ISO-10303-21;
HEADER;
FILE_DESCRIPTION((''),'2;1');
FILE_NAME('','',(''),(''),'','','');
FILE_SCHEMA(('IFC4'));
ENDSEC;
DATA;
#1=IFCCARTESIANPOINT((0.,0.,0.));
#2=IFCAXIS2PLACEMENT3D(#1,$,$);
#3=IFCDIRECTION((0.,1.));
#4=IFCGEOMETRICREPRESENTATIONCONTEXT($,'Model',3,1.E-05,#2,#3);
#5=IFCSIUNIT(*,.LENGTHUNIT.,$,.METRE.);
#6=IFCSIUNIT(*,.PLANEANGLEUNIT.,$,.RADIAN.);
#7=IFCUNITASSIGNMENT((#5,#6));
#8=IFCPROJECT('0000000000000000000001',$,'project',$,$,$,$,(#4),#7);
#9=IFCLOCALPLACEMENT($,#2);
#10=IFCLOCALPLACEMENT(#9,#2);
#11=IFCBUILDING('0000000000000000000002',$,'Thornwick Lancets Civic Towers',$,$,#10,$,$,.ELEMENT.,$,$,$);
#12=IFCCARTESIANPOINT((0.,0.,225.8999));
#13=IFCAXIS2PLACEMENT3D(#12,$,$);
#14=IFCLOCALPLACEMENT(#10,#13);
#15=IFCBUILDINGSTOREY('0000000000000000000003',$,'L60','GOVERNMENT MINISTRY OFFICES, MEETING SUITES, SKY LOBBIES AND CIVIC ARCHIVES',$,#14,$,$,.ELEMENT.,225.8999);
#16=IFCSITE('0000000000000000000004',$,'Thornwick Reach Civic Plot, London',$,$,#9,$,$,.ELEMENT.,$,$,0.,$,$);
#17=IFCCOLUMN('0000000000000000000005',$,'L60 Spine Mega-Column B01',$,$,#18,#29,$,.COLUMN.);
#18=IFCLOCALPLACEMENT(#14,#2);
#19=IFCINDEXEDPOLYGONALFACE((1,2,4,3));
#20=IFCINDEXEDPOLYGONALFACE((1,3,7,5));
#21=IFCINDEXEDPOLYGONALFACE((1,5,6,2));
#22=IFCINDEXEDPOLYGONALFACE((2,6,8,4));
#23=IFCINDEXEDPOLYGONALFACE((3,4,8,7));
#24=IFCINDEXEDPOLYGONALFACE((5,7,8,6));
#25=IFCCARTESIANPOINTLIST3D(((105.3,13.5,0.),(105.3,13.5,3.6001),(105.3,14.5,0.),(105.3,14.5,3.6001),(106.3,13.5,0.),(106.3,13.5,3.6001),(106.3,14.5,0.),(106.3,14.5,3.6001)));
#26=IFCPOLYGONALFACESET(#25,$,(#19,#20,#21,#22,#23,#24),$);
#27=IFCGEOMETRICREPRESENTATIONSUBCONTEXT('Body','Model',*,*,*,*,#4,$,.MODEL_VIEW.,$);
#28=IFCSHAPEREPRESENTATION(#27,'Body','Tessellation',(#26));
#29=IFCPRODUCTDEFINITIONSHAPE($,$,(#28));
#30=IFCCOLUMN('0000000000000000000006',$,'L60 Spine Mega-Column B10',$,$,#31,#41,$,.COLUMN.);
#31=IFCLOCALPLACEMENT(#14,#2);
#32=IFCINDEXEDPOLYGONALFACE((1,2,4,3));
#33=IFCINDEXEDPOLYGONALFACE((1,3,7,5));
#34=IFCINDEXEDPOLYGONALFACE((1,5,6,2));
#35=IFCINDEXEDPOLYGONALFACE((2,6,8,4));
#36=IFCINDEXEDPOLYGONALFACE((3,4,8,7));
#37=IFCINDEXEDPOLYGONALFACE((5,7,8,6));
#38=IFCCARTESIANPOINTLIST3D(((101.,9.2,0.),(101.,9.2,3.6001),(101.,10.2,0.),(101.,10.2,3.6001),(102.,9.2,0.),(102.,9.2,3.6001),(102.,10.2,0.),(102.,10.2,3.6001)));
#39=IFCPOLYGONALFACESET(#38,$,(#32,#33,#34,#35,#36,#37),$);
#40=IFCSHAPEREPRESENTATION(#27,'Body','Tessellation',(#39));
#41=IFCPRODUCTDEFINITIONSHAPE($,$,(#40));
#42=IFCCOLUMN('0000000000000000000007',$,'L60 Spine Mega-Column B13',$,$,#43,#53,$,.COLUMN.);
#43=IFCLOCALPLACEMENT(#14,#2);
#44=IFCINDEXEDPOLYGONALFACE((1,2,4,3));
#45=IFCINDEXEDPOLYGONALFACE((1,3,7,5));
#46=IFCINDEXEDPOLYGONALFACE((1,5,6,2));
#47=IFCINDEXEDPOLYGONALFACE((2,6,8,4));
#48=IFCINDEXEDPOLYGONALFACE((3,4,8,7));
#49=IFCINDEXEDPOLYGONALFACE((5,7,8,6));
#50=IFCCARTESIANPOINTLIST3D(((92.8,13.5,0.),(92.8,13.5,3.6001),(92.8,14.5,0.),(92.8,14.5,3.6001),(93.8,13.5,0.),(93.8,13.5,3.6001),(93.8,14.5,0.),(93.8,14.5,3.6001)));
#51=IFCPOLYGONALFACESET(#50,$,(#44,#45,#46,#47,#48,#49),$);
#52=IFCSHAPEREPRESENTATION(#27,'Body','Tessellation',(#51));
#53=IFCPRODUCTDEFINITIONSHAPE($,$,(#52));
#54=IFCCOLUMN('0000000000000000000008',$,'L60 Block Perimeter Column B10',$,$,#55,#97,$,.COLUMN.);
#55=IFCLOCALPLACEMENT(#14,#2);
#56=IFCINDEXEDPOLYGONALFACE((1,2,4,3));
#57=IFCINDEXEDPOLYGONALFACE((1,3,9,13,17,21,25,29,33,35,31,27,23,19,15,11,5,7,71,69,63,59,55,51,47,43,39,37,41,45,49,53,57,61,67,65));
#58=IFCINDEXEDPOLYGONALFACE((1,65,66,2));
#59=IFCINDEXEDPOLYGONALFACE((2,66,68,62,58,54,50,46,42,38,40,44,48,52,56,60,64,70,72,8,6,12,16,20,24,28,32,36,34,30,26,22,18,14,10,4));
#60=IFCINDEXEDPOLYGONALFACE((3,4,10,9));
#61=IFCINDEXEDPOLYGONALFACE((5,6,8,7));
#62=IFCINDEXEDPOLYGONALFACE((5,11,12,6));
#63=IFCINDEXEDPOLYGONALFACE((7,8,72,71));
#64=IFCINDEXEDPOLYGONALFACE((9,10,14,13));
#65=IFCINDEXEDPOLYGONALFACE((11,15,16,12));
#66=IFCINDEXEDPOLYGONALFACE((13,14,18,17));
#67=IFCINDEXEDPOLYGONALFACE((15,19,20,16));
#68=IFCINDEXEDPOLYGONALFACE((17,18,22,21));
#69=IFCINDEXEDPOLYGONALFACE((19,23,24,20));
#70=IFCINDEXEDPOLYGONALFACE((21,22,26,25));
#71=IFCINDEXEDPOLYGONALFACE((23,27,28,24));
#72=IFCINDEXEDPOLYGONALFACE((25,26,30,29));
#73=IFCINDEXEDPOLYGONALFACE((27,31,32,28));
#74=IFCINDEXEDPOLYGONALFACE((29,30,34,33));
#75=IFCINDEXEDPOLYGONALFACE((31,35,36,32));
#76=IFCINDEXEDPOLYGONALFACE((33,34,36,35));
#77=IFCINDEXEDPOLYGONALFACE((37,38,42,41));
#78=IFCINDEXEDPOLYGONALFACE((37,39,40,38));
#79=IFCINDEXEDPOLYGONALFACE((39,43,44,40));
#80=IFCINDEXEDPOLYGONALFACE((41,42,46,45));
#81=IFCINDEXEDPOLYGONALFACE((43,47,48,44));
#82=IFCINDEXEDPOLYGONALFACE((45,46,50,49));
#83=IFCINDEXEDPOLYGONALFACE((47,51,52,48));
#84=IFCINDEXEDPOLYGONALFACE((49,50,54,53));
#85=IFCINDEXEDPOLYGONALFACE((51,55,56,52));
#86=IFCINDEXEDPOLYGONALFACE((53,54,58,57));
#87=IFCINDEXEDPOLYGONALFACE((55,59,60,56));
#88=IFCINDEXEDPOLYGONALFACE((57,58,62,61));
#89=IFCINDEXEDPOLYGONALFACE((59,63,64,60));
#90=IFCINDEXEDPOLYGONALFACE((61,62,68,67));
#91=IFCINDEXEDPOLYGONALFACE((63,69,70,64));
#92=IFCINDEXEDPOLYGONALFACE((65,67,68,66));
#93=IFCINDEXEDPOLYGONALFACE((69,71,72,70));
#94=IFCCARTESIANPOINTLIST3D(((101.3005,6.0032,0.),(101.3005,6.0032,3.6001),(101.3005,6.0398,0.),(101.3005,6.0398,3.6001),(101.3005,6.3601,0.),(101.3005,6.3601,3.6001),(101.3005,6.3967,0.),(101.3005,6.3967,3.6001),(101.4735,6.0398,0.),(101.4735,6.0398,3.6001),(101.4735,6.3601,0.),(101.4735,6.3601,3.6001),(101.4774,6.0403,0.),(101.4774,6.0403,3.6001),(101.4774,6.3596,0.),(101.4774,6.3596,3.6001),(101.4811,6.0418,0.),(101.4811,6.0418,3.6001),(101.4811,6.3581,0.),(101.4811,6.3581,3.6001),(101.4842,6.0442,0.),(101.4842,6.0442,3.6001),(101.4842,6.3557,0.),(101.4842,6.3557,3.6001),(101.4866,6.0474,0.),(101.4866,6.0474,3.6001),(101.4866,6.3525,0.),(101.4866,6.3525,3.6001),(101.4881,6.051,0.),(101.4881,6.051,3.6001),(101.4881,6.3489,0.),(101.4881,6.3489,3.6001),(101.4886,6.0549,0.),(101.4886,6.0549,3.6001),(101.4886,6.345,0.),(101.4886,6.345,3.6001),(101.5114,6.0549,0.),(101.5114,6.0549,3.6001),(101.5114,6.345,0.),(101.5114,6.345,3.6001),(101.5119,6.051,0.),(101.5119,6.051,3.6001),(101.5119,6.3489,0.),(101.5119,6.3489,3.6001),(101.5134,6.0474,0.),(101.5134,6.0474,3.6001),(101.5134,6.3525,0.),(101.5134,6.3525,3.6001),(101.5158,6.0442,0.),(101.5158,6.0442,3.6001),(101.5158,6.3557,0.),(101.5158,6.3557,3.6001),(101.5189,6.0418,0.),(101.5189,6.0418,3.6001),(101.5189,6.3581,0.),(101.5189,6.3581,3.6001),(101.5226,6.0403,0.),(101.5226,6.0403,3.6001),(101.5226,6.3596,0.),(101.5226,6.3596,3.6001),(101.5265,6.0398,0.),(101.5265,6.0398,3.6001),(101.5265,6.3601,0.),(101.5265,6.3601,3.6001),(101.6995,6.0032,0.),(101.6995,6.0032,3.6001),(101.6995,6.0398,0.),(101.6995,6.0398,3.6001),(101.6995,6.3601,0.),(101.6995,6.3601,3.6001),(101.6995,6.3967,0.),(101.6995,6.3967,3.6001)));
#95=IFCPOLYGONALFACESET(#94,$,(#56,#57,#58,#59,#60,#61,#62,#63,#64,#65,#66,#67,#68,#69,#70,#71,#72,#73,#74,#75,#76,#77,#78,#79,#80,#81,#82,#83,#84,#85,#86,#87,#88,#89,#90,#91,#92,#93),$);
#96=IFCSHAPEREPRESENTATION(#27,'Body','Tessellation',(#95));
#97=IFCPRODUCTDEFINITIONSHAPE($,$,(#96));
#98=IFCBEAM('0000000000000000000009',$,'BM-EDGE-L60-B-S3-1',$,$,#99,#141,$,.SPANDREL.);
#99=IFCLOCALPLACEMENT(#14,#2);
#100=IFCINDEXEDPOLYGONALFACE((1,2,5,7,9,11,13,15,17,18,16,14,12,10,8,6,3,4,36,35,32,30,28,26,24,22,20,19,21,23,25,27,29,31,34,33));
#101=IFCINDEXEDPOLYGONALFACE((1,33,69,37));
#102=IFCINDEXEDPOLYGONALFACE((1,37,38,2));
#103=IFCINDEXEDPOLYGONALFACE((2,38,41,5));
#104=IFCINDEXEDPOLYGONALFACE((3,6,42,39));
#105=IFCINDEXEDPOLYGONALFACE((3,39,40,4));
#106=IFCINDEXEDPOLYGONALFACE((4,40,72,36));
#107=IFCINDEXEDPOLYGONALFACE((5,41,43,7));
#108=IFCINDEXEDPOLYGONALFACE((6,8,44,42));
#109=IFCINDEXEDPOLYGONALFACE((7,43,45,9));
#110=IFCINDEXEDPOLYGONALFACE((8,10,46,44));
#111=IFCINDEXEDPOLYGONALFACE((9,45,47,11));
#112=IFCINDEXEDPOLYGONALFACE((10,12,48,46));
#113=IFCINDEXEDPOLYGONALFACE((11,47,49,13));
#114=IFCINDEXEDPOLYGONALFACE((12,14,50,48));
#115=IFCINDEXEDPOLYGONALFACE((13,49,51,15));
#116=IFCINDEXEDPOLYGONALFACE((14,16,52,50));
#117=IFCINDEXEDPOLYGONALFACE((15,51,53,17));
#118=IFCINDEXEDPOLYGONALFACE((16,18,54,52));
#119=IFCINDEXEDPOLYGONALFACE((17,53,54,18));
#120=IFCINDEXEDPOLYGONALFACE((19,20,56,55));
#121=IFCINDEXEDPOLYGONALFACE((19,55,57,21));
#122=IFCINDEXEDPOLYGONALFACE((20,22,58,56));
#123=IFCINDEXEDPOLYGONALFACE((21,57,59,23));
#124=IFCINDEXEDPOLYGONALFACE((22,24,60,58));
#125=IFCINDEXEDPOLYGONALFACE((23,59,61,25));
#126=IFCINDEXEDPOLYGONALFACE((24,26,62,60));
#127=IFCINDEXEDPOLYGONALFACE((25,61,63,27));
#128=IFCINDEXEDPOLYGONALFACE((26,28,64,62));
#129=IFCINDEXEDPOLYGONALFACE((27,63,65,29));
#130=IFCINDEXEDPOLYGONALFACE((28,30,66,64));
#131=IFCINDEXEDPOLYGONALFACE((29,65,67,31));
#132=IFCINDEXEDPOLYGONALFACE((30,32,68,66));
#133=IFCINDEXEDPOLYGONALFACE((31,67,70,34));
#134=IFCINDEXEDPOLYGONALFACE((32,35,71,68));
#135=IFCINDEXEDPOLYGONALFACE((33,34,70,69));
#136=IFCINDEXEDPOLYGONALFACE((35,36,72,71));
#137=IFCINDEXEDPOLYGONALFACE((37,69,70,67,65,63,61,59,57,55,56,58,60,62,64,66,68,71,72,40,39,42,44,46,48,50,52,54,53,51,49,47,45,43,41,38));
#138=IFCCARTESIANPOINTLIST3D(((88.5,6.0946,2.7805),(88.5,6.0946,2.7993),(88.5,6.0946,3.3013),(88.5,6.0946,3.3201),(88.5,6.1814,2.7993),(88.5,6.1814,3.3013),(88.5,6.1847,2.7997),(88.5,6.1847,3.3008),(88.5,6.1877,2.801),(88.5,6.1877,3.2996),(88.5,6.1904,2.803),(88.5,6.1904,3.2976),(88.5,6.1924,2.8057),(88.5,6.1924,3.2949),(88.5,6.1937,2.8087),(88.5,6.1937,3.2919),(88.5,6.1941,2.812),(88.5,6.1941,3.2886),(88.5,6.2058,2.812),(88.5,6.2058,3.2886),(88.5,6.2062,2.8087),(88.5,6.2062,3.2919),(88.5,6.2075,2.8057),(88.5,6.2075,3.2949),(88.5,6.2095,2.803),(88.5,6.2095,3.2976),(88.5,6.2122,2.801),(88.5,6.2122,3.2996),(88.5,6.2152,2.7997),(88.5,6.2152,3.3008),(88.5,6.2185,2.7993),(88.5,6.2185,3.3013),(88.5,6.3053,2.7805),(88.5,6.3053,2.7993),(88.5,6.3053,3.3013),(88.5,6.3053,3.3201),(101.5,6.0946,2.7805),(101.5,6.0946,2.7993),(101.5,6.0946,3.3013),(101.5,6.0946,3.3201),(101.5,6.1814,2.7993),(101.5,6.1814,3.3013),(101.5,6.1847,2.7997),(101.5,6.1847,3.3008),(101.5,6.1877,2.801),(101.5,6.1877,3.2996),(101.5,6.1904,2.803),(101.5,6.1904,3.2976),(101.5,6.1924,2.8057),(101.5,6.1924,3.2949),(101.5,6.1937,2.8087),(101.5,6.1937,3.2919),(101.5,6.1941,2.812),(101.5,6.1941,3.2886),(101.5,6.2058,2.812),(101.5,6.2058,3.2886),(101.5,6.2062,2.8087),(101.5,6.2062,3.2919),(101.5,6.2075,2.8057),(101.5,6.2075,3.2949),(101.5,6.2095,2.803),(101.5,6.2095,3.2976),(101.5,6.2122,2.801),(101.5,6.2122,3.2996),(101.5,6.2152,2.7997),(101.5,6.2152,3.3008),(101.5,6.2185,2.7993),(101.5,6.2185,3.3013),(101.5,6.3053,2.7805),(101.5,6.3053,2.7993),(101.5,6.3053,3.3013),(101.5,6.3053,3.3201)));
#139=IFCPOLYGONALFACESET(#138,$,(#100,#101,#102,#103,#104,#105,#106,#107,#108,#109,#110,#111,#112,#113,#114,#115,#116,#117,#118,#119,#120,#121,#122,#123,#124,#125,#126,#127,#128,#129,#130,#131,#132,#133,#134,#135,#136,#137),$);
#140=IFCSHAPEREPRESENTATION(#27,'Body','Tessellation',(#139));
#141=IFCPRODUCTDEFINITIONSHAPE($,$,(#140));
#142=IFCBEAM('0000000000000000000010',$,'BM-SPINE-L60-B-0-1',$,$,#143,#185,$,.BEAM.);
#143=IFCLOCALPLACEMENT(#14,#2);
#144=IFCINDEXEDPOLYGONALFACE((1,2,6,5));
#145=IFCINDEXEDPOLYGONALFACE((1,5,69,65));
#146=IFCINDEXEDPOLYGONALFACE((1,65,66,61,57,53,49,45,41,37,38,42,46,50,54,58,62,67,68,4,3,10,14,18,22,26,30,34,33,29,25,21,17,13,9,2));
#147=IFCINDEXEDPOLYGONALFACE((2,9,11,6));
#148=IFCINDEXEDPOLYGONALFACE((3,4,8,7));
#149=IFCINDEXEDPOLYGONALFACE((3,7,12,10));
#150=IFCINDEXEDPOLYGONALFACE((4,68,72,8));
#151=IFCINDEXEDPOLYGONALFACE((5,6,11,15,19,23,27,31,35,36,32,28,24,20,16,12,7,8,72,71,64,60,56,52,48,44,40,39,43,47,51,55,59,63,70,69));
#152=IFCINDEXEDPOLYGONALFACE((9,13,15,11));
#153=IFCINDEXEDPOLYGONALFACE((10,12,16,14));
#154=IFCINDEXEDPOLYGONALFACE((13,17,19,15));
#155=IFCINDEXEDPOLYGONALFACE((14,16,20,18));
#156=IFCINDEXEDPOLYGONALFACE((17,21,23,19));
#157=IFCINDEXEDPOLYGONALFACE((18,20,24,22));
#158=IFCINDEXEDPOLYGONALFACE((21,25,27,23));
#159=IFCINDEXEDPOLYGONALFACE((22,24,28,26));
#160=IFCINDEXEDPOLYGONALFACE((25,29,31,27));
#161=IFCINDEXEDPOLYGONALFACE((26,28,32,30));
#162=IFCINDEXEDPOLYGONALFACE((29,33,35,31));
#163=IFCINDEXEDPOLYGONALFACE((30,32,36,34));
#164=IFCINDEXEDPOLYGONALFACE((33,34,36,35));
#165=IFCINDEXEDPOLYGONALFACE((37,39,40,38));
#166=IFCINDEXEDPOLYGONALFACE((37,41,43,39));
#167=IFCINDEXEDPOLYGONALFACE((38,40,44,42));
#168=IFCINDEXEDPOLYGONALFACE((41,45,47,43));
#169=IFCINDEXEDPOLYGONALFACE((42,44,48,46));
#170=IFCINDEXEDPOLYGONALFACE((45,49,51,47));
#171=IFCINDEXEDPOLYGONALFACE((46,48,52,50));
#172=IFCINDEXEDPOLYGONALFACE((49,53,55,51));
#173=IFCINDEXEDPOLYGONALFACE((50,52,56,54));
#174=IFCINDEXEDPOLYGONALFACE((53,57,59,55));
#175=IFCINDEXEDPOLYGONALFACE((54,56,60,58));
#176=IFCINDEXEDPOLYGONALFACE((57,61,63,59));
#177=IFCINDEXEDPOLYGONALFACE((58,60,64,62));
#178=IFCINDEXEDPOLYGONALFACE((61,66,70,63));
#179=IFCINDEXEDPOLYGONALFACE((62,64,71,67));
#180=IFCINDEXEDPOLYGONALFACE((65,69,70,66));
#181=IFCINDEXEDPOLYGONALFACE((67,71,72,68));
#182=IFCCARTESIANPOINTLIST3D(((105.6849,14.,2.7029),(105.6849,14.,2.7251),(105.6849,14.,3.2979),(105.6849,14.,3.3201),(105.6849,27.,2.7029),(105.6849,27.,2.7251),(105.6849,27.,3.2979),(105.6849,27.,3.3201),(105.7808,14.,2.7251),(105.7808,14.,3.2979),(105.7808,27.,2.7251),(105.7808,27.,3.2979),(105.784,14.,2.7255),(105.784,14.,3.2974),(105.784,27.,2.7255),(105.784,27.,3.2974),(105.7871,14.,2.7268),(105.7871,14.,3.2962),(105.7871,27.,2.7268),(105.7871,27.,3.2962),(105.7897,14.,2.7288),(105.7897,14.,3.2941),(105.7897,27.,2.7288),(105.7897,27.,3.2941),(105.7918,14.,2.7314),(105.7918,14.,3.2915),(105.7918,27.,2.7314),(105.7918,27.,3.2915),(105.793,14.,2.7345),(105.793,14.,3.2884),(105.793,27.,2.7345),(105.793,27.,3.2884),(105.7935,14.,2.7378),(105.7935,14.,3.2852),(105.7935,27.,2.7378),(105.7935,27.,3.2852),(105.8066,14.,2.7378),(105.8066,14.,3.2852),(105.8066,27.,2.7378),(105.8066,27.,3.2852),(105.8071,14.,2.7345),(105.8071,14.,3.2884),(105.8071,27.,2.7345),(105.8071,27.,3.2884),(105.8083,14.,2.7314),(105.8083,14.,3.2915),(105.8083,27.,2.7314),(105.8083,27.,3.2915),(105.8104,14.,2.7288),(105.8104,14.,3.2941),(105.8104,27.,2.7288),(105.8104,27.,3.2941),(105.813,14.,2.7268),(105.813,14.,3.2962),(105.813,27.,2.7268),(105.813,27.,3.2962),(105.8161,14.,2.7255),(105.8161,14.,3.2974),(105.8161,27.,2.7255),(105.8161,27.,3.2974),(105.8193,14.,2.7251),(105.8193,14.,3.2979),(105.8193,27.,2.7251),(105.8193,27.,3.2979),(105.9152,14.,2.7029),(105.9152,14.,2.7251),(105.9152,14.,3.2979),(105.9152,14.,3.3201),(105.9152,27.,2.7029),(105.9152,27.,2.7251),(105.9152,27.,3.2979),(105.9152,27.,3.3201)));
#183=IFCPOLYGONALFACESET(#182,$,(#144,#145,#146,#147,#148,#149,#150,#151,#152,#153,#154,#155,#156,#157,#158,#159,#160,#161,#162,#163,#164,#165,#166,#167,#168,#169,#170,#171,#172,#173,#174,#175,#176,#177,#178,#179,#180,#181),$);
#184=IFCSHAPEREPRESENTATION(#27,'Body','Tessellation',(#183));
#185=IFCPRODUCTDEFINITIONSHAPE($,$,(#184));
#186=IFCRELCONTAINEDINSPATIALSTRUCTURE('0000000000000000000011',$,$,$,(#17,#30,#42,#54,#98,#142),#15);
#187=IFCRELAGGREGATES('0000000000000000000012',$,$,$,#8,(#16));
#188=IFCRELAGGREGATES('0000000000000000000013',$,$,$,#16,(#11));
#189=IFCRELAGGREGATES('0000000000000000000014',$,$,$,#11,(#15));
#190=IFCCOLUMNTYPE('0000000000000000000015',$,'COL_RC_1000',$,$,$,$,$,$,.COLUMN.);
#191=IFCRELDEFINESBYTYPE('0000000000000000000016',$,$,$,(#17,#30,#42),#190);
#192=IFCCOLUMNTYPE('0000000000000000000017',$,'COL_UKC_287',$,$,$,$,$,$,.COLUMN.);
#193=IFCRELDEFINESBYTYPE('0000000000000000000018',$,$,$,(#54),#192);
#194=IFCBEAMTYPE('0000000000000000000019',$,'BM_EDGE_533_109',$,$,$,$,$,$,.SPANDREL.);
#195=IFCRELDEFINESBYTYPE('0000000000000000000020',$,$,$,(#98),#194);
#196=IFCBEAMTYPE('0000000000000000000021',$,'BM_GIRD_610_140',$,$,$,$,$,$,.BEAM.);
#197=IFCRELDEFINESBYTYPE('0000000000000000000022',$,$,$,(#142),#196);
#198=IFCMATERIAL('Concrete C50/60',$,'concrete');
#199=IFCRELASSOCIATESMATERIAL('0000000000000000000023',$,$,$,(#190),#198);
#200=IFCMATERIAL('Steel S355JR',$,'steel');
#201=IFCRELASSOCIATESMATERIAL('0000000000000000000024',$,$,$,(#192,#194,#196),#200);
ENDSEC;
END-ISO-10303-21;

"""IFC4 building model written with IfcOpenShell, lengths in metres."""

from ifc_helpers import new_model, si_unit, direction, frame, origin, origin_2d, place, context, subcontext, project, spatial, rectangle, i_section, extrude, material, material_profile, profile_set, type_object, element, save


model = new_model("IFC4")

# Units and contexts
model_context = context("Model", 3, precision=1e-05, world=origin(), true_north=direction((0.0, 1.0)))
body_context = subcontext(model_context, "Body", "Model", "MODEL_VIEW")
ifc_project = project(units=[si_unit("LENGTHUNIT", "METRE"), si_unit("PLANEANGLEUNIT", "RADIAN")], contexts=[model_context])

# Site, building, storey
site_placement = place(None, origin())
site = spatial("IfcSite", under=ifc_project, at=site_placement, Name="Thornwick Reach Civic Plot, London", CompositionType="ELEMENT", RefElevation=0.0)
building_placement = place(site_placement, origin())
building = spatial("IfcBuilding", under=site, at=building_placement, Name="Thornwick Lancets Civic Towers", CompositionType="ELEMENT")
storey_placement = place(building_placement, frame((0.0, 0.0, 225.8999)))
storey = spatial("IfcBuildingStorey", under=building, at=storey_placement, Name="L60", Description="GOVERNMENT MINISTRY OFFICES, MEETING SUITES, SKY LOBBIES AND CIVIC ARCHIVES", CompositionType="ELEMENT", Elevation=225.8999)

# Columns
ifc_material_1 = material(Name="Concrete C50/60", Category="concrete")
ifc_material_profile_1 = material_profile(ifc_material_1, rectangle(XDim=1.0, YDim=1.0, at=origin_2d()), Name="RC 1000x1000")
ifc_profile_set_1 = profile_set([ifc_material_profile_1], Name="Concrete C50/60")
column_type_1 = type_object("IfcColumnType", Name="COL_RC_1000", PredefinedType="COLUMN", material=ifc_profile_set_1)
for number, where, z_axis, x_axis, name in (
    (1, (105.8, 14.0, 0.0), (0.0, 0.0, 1.0), (1.0, 0.0, 0.0), "L60 Spine Mega-Column B01"),
    (2, (101.5, 9.7, 0.0), (0.0, 0.0, 1.0), (1.0, 0.0, 0.0), "L60 Spine Mega-Column B10"),
    (3, (93.3, 14.0, 0.0), (0.0, 0.0, 1.0), (1.0, 0.0, 0.0), "L60 Spine Mega-Column B13"),
):
    element("IfcColumn", number, at=place(storey_placement, frame(where, z_axis=z_axis, x_axis=x_axis)), inside=storey, type_object=column_type_1, Name=name, PredefinedType="COLUMN", context=body_context, shape_type="SweptSolid", body=[
        extrude(rectangle(XDim=1.0, YDim=1.0, at=origin_2d()), origin(), (0.0, 0.0, 1.0), 3.6001),
    ])
ifc_material_2 = material(Name="Steel S355JR", Category="steel")
ifc_material_profile_2 = material_profile(ifc_material_2, i_section(OverallWidth=0.3989, OverallDepth=0.3936, WebThickness=0.0227, FlangeThickness=0.0366, FilletRadius=0.0151, at=origin_2d()), Name="UKC 356x406x287")
ifc_profile_set_2 = profile_set([ifc_material_profile_2], Name="Steel S355JR")
column_type_2 = type_object("IfcColumnType", Name="COL_UKC_287", PredefinedType="COLUMN", material=ifc_profile_set_2)
column_placement = place(storey_placement, frame((101.5, 6.2, 0.0), z_axis=(0.0, 0.0, 1.0), x_axis=(1.0, 0.0, 0.0)))
element("IfcColumn", 4, at=column_placement, inside=storey, type_object=column_type_2, Name="L60 Block Perimeter Column B10", PredefinedType="COLUMN", context=body_context, shape_type="SweptSolid", body=[
    extrude(i_section(OverallWidth=0.3989, OverallDepth=0.3936, WebThickness=0.0227, FlangeThickness=0.0366, FilletRadius=0.0151, at=origin_2d()), origin(), (0.0, 0.0, 1.0), 3.6001),
])

# Beams
ifc_material_profile_3 = material_profile(ifc_material_2, i_section(OverallWidth=0.2107, OverallDepth=0.5396, WebThickness=0.0117, FlangeThickness=0.0188, FilletRadius=0.0127, at=origin_2d()), Name="UKB 533x210x109")
ifc_profile_set_3 = profile_set([ifc_material_profile_3], Name="Steel S355JR")
beam_type_1 = type_object("IfcBeamType", Name="BM_EDGE_533_109", PredefinedType="SPANDREL", material=ifc_profile_set_3)
beam_1_placement = place(storey_placement, frame((101.5, 6.2, 3.0503), z_axis=(-1.0, 0.0, 0.0), x_axis=(0.0, -1.0, 0.0)))
element("IfcBeam", 5, at=beam_1_placement, inside=storey, type_object=beam_type_1, Name="BM-EDGE-L60-B-S3-1", PredefinedType="SPANDREL", context=body_context, shape_type="SweptSolid", body=[
    extrude(i_section(OverallWidth=0.2107, OverallDepth=0.5396, WebThickness=0.0117, FlangeThickness=0.0188, FilletRadius=0.0127, at=origin_2d()), origin(), (0.0, 0.0, 1.0), 13.0),
])
ifc_material_profile_4 = material_profile(ifc_material_2, i_section(OverallWidth=0.2302, OverallDepth=0.6172, WebThickness=0.0132, FlangeThickness=0.0222, FilletRadius=0.0127, at=origin_2d()), Name="UKB 610x229x140")
ifc_profile_set_4 = profile_set([ifc_material_profile_4], Name="Steel S355JR")
beam_type_2 = type_object("IfcBeamType", Name="BM_GIRD_610_140", PredefinedType="BEAM", material=ifc_profile_set_4)
for number, where, z_axis, x_axis, name in (
    (6, (105.8, 14.0, 3.0115), (0.0, 1.0, 0.0), (-1.0, 0.0, 0.0), "BM-SPINE-L60-B-0-1"),
):
    element("IfcBeam", number, at=place(storey_placement, frame(where, z_axis=z_axis, x_axis=x_axis)), inside=storey, type_object=beam_type_2, Name=name, PredefinedType="BEAM", context=body_context, shape_type="SweptSolid", body=[
        extrude(i_section(OverallWidth=0.2302, OverallDepth=0.6172, WebThickness=0.0132, FlangeThickness=0.0222, FilletRadius=0.0127, at=origin_2d()), origin(), (0.0, 0.0, 1.0), 13.0),
    ])

save(model, "model.ifc")
